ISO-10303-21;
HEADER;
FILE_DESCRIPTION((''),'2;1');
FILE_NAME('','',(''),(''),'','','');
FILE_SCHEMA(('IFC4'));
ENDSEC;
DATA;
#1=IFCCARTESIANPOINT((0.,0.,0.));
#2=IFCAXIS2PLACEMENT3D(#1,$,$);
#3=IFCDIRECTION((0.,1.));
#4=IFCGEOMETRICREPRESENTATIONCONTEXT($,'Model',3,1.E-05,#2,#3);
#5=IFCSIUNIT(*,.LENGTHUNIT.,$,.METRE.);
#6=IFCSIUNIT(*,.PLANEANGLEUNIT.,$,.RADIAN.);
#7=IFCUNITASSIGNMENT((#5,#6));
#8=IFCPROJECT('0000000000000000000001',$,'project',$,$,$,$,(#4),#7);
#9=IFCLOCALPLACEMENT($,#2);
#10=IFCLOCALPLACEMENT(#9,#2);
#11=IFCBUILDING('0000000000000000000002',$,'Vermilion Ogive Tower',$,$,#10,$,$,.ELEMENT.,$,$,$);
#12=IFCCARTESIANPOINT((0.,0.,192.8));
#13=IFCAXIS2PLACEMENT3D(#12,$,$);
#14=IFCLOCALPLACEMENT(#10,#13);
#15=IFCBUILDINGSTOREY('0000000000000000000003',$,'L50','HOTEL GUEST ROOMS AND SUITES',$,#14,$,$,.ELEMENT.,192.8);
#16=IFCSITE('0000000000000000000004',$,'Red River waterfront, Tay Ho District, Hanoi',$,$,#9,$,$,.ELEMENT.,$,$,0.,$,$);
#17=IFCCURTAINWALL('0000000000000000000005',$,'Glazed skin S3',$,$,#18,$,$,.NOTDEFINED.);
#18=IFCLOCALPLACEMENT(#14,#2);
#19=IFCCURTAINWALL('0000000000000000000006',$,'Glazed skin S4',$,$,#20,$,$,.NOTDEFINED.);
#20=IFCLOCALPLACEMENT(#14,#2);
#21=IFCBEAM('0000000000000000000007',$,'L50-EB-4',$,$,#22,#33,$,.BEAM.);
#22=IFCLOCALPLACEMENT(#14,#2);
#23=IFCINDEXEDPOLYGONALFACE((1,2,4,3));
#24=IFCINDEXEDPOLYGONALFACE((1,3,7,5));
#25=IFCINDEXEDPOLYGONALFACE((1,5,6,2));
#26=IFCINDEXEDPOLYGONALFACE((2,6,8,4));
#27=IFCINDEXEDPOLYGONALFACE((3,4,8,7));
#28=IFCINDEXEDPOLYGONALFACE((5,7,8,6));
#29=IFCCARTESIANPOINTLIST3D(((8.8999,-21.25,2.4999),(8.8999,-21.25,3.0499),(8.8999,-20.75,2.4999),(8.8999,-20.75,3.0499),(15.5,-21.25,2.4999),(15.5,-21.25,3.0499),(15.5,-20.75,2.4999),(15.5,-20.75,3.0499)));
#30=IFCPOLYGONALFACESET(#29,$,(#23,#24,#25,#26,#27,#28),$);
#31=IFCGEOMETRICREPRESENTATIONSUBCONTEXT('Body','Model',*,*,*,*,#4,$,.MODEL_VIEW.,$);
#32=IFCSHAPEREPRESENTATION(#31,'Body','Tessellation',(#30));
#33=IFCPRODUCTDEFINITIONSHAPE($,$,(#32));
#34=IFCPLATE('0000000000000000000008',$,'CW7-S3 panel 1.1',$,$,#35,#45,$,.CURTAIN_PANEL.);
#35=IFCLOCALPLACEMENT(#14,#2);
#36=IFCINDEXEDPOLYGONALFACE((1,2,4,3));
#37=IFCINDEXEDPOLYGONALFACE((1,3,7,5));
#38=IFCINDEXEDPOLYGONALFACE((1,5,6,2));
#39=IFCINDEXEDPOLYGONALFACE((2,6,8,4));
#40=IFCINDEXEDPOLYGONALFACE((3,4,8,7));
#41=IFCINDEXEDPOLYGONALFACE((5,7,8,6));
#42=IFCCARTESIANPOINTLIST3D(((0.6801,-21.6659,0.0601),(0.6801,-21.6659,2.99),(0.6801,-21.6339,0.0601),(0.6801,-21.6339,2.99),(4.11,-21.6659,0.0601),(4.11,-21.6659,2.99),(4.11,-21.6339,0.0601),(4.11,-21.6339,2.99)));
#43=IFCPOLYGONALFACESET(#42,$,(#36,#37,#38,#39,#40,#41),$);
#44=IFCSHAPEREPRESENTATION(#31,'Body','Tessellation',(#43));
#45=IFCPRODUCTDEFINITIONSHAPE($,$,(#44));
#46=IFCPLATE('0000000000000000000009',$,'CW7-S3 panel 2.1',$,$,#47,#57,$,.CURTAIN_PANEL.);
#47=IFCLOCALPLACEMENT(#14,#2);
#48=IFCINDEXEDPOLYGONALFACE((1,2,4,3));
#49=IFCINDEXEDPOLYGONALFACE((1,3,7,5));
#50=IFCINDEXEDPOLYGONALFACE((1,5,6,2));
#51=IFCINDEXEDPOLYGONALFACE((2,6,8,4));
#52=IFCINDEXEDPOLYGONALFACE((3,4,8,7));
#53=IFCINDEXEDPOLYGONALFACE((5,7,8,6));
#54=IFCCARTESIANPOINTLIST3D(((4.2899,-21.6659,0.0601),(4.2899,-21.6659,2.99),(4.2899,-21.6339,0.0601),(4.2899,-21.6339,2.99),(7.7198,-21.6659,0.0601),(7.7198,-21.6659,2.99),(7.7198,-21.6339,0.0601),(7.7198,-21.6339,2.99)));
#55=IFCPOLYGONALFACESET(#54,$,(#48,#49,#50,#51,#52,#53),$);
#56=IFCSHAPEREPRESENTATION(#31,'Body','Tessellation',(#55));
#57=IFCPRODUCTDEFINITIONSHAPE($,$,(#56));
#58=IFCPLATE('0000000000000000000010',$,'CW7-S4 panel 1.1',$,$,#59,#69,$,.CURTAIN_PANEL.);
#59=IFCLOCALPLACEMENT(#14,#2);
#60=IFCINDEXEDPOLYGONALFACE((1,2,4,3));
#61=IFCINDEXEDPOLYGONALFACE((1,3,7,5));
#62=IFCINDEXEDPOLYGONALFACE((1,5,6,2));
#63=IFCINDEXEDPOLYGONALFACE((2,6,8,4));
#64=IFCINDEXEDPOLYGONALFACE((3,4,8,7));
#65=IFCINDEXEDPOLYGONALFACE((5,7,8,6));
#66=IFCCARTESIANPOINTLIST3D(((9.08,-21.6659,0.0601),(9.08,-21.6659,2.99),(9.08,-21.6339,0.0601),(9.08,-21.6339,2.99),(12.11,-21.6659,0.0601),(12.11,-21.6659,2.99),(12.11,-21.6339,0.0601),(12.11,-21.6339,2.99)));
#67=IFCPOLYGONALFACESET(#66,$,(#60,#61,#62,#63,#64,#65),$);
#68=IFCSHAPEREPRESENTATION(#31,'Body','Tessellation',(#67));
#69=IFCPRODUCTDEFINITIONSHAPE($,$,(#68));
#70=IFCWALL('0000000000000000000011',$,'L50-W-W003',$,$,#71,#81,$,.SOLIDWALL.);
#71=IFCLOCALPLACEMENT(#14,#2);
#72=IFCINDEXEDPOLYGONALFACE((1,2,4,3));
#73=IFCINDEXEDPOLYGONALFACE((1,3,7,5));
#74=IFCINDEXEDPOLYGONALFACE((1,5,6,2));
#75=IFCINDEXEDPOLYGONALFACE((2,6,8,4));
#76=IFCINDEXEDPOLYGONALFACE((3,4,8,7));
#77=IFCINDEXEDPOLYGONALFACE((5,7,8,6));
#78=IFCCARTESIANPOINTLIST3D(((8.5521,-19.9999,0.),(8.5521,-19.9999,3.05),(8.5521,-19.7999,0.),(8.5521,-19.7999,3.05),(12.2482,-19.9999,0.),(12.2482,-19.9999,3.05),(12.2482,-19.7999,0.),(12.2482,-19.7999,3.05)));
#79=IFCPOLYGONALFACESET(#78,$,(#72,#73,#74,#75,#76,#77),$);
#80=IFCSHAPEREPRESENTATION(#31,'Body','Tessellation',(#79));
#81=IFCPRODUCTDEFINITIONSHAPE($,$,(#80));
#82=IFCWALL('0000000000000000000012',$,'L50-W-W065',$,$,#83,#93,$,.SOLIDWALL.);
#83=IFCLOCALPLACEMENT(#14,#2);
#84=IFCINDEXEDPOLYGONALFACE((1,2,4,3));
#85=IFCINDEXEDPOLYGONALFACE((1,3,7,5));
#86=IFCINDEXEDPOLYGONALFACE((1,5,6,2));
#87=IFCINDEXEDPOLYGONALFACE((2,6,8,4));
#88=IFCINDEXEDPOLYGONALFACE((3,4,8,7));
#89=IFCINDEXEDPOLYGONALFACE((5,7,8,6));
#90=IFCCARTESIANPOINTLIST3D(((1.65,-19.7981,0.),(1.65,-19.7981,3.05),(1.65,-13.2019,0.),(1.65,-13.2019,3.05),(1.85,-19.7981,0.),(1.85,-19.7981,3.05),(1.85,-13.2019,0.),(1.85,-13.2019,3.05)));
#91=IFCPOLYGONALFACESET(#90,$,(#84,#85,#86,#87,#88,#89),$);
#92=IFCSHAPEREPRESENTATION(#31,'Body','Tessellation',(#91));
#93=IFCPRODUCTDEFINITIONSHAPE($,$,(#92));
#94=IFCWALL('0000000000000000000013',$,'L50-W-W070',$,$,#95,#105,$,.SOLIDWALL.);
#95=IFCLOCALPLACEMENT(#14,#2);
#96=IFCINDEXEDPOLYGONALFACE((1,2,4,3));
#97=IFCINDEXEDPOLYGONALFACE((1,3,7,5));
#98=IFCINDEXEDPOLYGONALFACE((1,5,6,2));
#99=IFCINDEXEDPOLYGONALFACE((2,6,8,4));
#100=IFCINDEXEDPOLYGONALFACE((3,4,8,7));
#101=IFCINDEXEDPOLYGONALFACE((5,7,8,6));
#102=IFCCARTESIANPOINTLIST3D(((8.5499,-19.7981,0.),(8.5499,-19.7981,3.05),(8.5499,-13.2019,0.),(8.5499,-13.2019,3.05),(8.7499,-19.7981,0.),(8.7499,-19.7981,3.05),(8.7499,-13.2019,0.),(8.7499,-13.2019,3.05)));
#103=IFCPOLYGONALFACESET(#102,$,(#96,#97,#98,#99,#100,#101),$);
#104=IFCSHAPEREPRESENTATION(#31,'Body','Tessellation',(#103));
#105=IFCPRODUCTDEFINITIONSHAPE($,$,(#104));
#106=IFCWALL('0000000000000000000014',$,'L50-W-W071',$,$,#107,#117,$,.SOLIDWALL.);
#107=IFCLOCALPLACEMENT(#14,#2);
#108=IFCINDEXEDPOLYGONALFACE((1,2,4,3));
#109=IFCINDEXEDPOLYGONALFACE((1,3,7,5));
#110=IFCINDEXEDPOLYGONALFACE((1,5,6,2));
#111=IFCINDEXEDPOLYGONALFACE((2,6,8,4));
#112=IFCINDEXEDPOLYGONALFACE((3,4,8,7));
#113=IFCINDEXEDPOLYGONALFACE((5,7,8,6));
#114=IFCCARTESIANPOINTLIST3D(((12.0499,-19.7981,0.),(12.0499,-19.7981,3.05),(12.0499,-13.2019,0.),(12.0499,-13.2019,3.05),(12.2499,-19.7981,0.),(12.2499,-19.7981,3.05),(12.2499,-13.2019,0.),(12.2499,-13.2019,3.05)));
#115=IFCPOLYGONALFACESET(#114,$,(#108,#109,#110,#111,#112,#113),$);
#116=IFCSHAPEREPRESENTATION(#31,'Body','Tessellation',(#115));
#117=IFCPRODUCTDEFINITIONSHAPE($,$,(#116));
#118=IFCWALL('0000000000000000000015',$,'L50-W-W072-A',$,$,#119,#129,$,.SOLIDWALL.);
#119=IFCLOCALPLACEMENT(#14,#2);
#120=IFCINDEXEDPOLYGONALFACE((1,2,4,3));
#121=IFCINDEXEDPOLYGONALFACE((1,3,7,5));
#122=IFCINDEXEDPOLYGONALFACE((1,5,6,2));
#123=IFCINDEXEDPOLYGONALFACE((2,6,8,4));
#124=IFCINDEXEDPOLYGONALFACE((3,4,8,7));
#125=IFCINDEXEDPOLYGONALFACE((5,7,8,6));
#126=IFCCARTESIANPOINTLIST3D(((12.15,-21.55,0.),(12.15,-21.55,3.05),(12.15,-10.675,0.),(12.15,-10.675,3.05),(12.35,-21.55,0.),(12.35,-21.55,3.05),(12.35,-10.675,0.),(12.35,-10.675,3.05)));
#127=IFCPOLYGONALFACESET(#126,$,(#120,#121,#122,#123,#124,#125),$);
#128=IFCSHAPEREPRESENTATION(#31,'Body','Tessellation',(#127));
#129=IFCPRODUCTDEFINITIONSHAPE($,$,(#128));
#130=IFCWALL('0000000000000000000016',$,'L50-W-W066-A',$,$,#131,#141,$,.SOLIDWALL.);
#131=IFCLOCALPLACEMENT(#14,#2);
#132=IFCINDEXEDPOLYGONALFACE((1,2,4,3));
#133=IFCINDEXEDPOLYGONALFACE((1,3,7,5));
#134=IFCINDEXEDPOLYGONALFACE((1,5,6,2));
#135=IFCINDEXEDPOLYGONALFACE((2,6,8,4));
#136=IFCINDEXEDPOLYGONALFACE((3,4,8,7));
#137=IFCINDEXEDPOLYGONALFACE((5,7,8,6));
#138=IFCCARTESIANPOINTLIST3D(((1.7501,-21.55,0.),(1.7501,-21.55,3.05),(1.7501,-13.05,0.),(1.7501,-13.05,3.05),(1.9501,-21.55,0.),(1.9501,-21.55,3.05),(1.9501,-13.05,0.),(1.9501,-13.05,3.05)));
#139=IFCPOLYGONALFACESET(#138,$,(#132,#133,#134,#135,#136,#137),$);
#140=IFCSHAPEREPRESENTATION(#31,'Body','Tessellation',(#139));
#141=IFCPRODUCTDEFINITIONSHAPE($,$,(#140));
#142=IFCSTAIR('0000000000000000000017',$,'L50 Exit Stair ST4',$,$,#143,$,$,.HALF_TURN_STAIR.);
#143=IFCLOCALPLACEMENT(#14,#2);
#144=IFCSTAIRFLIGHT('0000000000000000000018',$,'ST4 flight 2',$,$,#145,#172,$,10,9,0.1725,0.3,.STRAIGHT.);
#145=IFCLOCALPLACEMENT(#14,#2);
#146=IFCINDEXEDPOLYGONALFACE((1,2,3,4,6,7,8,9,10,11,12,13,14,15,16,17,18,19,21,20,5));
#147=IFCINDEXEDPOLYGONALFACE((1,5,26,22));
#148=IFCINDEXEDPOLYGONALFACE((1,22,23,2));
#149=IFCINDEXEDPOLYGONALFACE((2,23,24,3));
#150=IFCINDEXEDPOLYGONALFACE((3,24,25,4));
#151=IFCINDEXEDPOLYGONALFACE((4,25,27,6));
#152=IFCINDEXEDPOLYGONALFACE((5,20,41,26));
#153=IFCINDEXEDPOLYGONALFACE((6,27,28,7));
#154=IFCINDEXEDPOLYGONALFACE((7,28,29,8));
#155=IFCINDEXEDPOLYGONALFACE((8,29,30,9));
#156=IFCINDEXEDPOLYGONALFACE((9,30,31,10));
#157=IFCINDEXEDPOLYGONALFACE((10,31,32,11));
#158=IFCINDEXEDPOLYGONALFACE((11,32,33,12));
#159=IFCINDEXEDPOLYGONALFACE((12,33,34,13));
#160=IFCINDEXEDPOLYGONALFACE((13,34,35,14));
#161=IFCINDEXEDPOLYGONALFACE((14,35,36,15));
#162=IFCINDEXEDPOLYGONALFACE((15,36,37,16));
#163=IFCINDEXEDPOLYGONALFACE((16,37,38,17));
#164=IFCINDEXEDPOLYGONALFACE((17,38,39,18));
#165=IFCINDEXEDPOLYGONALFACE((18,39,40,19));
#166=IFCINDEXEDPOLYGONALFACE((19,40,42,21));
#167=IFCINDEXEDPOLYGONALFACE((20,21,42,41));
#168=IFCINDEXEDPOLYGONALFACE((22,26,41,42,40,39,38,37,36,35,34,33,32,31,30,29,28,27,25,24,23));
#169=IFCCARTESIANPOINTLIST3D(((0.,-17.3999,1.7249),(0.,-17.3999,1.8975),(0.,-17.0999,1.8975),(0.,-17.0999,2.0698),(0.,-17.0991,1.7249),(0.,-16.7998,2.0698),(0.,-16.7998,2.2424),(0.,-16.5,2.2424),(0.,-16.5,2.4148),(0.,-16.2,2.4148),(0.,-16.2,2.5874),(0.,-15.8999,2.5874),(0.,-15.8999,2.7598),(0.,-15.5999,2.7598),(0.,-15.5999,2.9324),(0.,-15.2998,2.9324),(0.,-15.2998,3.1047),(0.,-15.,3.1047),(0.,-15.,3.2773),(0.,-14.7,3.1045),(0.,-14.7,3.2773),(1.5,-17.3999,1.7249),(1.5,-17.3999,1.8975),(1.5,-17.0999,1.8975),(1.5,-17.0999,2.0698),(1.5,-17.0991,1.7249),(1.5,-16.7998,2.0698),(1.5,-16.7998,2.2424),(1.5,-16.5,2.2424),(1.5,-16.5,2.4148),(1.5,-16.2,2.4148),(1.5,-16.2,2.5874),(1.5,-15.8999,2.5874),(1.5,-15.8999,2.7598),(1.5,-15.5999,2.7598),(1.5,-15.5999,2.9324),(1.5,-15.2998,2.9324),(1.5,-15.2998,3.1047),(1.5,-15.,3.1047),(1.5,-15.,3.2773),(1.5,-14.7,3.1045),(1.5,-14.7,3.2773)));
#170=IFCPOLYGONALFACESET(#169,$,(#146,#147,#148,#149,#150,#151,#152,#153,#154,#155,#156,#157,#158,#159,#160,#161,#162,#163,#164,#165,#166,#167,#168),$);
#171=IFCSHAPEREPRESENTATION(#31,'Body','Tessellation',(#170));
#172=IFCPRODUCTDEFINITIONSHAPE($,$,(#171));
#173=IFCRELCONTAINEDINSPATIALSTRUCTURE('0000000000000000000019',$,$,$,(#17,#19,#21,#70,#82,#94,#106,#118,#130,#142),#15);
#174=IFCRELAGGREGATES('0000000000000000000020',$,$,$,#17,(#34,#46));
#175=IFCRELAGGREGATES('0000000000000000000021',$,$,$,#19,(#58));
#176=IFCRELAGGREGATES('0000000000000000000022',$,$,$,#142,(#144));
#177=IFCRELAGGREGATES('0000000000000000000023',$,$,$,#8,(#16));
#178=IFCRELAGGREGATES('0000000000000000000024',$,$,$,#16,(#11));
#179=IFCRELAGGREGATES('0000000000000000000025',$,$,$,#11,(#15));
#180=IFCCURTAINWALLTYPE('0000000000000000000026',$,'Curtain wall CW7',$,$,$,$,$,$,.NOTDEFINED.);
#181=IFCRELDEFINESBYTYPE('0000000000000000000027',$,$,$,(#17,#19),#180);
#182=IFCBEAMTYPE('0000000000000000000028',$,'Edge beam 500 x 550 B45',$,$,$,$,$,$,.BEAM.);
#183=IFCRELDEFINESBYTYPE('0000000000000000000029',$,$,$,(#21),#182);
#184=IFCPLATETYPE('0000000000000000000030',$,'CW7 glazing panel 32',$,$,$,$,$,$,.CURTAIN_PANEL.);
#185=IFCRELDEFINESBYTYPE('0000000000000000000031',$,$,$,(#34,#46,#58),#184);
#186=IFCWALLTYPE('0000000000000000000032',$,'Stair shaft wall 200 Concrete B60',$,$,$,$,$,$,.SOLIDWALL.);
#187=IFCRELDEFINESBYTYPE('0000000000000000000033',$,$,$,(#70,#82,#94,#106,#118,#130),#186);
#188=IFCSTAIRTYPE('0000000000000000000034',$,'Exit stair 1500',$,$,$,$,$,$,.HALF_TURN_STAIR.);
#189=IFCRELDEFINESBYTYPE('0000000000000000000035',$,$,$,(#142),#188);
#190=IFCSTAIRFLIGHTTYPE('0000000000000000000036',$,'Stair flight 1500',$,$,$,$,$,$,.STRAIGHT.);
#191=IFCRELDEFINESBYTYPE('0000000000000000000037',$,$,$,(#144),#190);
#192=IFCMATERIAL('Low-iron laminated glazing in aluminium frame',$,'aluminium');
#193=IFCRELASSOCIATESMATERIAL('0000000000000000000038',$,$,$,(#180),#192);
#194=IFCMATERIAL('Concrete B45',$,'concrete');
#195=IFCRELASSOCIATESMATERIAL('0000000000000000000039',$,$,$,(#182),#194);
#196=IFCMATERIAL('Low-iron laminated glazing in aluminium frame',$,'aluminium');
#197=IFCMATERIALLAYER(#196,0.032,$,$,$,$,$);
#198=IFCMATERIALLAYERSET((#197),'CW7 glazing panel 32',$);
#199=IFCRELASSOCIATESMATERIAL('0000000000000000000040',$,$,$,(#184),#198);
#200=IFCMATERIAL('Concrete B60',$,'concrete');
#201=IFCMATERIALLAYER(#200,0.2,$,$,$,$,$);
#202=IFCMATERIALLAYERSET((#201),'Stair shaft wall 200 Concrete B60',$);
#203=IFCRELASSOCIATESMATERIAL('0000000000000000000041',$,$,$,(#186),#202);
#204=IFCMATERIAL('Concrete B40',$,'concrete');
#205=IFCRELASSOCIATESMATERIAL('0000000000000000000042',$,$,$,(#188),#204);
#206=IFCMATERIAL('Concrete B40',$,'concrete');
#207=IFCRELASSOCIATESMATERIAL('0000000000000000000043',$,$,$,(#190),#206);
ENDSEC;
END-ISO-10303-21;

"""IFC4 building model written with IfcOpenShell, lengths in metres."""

from ifc_helpers import new_model, si_unit, direction, frame, frame_2d, origin, origin_2d, place, context, subcontext, project, spatial, polyline, rectangle, outline, extrude, material, layer, layer_set, material_profile, profile_set, type_object, element, aggregate, save


model = new_model("IFC4")

# Units and contexts
model_context = context("Model", 3, precision=1e-05, world=origin(), true_north=direction((0.0, 1.0)))
body_context = subcontext(model_context, "Body", "Model", "MODEL_VIEW")
ifc_project = project(units=[si_unit("LENGTHUNIT", "METRE"), si_unit("PLANEANGLEUNIT", "RADIAN")], contexts=[model_context])

# Site, building, storey
site_placement = place(None, origin())
site = spatial("IfcSite", under=ifc_project, at=site_placement, Name="Red River waterfront, Tay Ho District, Hanoi", CompositionType="ELEMENT", RefElevation=0.0)
building_placement = place(site_placement, origin())
building = spatial("IfcBuilding", under=site, at=building_placement, Name="Vermilion Ogive Tower", CompositionType="ELEMENT")
storey_placement = place(building_placement, frame((0.0, 0.0, 192.8)))
storey = spatial("IfcBuildingStorey", under=building, at=storey_placement, Name="L50", Description="HOTEL GUEST ROOMS AND SUITES", CompositionType="ELEMENT", Elevation=192.8)

# Curtain walls
ifc_material_1 = material(Name="Low-iron laminated glazing in aluminium frame", Category="aluminium")
curtain_wall_type = type_object("IfcCurtainWallType", Name="Curtain wall CW7", PredefinedType="NOTDEFINED", material=ifc_material_1)
curtain_wall_1_placement = place(storey_placement, origin())
curtain_wall_1 = element("IfcCurtainWall", 1, at=curtain_wall_1_placement, inside=storey, type_object=curtain_wall_type, Name="Glazed skin S3", PredefinedType="NOTDEFINED")
curtain_wall_2_placement = place(storey_placement, origin())
curtain_wall_2 = element("IfcCurtainWall", 2, at=curtain_wall_2_placement, inside=storey, type_object=curtain_wall_type, Name="Glazed skin S4", PredefinedType="NOTDEFINED")

# Beam
ifc_material_2 = material(Name="Concrete B45", Category="concrete")
ifc_material_profile_1 = material_profile(ifc_material_2, rectangle(XDim=0.5, YDim=0.55, at=origin_2d()), Name="500 x 550")
ifc_profile_set_1 = profile_set([ifc_material_profile_1], Name="Concrete B45")
beam_type = type_object("IfcBeamType", Name="Edge beam 500 x 550 B45", PredefinedType="BEAM", material=ifc_profile_set_1)
beam_1_placement = place(storey_placement, frame((8.8999, -21.0, 2.7749), z_axis=(1.0, 0.0, 0.0), x_axis=(0.0, 1.0, 0.0)))
element("IfcBeam", 3, at=beam_1_placement, inside=storey, type_object=beam_type, Name="L50-EB-4", PredefinedType="BEAM", context=body_context, shape_type="SweptSolid", body=[
    extrude(rectangle(XDim=0.5, YDim=0.55, at=origin_2d()), origin(), (0.0, 0.0, 1.0), 6.6001),
])

# Plates
ifc_material_3 = material(Name="Low-iron laminated glazing in aluminium frame", Category="aluminium")
ifc_layer_1 = layer(ifc_material_3, 0.032)
ifc_layer_set_1 = layer_set([ifc_layer_1], Name="CW7 glazing panel 32")
plate_type = type_object("IfcPlateType", Name="CW7 glazing panel 32", PredefinedType="CURTAIN_PANEL", material=ifc_layer_set_1)
plate_1_placement = place(storey_placement, frame((2.395, -21.6499, 0.0601), z_axis=(0.0, 0.0, 1.0), x_axis=(1.0, 0.0, 0.0)))
plate_1 = element("IfcPlate", 4, at=plate_1_placement, type_object=plate_type, Name="CW7-S3 panel 1.1", PredefinedType="CURTAIN_PANEL", context=body_context, shape_type="SweptSolid", body=[
    extrude(rectangle(XDim=3.4299, YDim=0.032, at=origin_2d()), origin(), (0.0, 0.0, 1.0), 2.9299),
])
plate_2_placement = place(storey_placement, frame((6.0049, -21.6499, 0.0601), z_axis=(0.0, 0.0, 1.0), x_axis=(1.0, 0.0, 0.0)))
plate_2 = element("IfcPlate", 5, at=plate_2_placement, type_object=plate_type, Name="CW7-S3 panel 2.1", PredefinedType="CURTAIN_PANEL", context=body_context, shape_type="SweptSolid", body=[
    extrude(rectangle(XDim=3.4299, YDim=0.032, at=origin_2d()), origin(), (0.0, 0.0, 1.0), 2.9299),
])
aggregate(curtain_wall_1, [plate_1, plate_2])
plate_3_placement = place(storey_placement, frame((10.595, -21.6499, 0.0601), z_axis=(0.0, 0.0, 1.0), x_axis=(1.0, 0.0, 0.0)))
plate_3 = element("IfcPlate", 6, at=plate_3_placement, type_object=plate_type, Name="CW7-S4 panel 1.1", PredefinedType="CURTAIN_PANEL", context=body_context, shape_type="SweptSolid", body=[
    extrude(rectangle(XDim=3.03, YDim=0.032, at=origin_2d()), origin(), (0.0, 0.0, 1.0), 2.9299),
])
aggregate(curtain_wall_2, [plate_3])

# Walls
ifc_material_4 = material(Name="Concrete B60", Category="concrete")
ifc_layer_2 = layer(ifc_material_4, 0.2)
ifc_layer_set_2 = layer_set([ifc_layer_2], Name="Stair shaft wall 200 Concrete B60")
wall_type = type_object("IfcWallType", Name="Stair shaft wall 200 Concrete B60", PredefinedType="SOLIDWALL", material=ifc_layer_set_2)
wall_1_placement = place(storey_placement, frame((8.552, -19.8999, 0.0), z_axis=(0.0, 0.0, 1.0), x_axis=(1.0, 0.0, 0.0)))
element("IfcWall", 7, at=wall_1_placement, inside=storey, type_object=wall_type, Name="L50-W-W003", PredefinedType="SOLIDWALL", context=body_context, shape_type="SweptSolid", body=[
    extrude(rectangle(XDim=3.696, YDim=0.2, at=frame_2d((1.8481, 0.0))), origin(), (0.0, 0.0, 1.0), 3.05),
])
for number, where, z_axis, x_axis, name in (
    (8, (1.75, -19.7981, 0.0), (0.0, 0.0, 1.0), (0.0, 1.0, 0.0), "L50-W-W065"),
    (9, (8.6499, -19.7981, 0.0), (0.0, 0.0, 1.0), (0.0, 1.0, 0.0), "L50-W-W070"),
    (10, (12.1499, -19.7981, 0.0), (0.0, 0.0, 1.0), (0.0, 1.0, 0.0), "L50-W-W071"),
):
    element("IfcWall", number, at=place(storey_placement, frame(where, z_axis=z_axis, x_axis=x_axis)), inside=storey, type_object=wall_type, Name=name, PredefinedType="SOLIDWALL", context=body_context, shape_type="SweptSolid", body=[
        extrude(rectangle(XDim=6.5962, YDim=0.2, at=frame_2d((3.2981, 0.0))), origin(), (0.0, 0.0, 1.0), 3.05),
    ])
wall_2_placement = place(storey_placement, frame((12.25, -21.55, 0.0), z_axis=(0.0, 0.0, 1.0), x_axis=(0.0, 1.0, 0.0)))
element("IfcWall", 11, at=wall_2_placement, inside=storey, type_object=wall_type, Name="L50-W-W072-A", PredefinedType="SOLIDWALL", context=body_context, shape_type="SweptSolid", body=[
    extrude(rectangle(XDim=10.875, YDim=0.2, at=frame_2d((5.4375, 0.0))), origin(), (0.0, 0.0, 1.0), 3.05),
])
wall_3_placement = place(storey_placement, frame((1.8501, -21.55, 0.0), z_axis=(0.0, 0.0, 1.0), x_axis=(0.0, 1.0, 0.0)))
element("IfcWall", 12, at=wall_3_placement, inside=storey, type_object=wall_type, Name="L50-W-W066-A", PredefinedType="SOLIDWALL", context=body_context, shape_type="SweptSolid", body=[
    extrude(rectangle(XDim=8.5, YDim=0.2, at=frame_2d((4.25, 0.0))), origin(), (0.0, 0.0, 1.0), 3.05),
])

# Stair, stair flight
ifc_material_5 = material(Name="Concrete B40", Category="concrete")
stair_type = type_object("IfcStairType", Name="Exit stair 1500", PredefinedType="HALF_TURN_STAIR", material=ifc_material_5)
stair_placement = place(storey_placement, origin())
stair = element("IfcStair", 13, at=stair_placement, inside=storey, type_object=stair_type, Name="L50 Exit Stair ST4", PredefinedType="HALF_TURN_STAIR")
ifc_material_6 = material(Name="Concrete B40", Category="concrete")
stair_flight_type = type_object("IfcStairFlightType", Name="Stair flight 1500", PredefinedType="STRAIGHT", material=ifc_material_6)
stair_flight_placement = place(storey_placement, frame((0.75, -17.3999, 1.7249), z_axis=(0.0, 0.0, 1.0), x_axis=(0.0, 1.0, 0.0)))
stair_flight = element("IfcStairFlight", 14, at=stair_flight_placement, type_object=stair_flight_type, Name="ST4 flight 2", NumberOfRisers=10, NumberOfTreads=9, PredefinedType="STRAIGHT", RiserHeight=0.1725, TreadLength=0.3, context=body_context, shape_type="SweptSolid", body=[
    extrude(outline(polyline([(0.0, 0.0), (0.0, 0.1726), (0.3, 0.1726), (0.3, 0.345), (0.6001, 0.345), (0.6001, 0.5176), (0.8999, 0.5176), (0.8999, 0.6899), (1.2, 0.6899), (1.2, 0.8625), (1.5, 0.8625), (1.5, 1.0349), (1.8, 1.0349), (1.8, 1.2075), (2.1001, 1.2075), (2.1001, 1.3799), (2.3999, 1.3799), (2.3999, 1.5525), (2.7, 1.5525), (2.7, 1.7251), (2.7, 1.3796), (0.3008, 0.0), (0.0, 0.0)])), frame((0.0, 0.75, 0.0), z_axis=(0.0, -1.0, 0.0), x_axis=(1.0, 0.0, 0.0)), (0.0, 0.0, 1.0), 1.5),
])
aggregate(stair, [stair_flight])

save(model, "model.ifc")
